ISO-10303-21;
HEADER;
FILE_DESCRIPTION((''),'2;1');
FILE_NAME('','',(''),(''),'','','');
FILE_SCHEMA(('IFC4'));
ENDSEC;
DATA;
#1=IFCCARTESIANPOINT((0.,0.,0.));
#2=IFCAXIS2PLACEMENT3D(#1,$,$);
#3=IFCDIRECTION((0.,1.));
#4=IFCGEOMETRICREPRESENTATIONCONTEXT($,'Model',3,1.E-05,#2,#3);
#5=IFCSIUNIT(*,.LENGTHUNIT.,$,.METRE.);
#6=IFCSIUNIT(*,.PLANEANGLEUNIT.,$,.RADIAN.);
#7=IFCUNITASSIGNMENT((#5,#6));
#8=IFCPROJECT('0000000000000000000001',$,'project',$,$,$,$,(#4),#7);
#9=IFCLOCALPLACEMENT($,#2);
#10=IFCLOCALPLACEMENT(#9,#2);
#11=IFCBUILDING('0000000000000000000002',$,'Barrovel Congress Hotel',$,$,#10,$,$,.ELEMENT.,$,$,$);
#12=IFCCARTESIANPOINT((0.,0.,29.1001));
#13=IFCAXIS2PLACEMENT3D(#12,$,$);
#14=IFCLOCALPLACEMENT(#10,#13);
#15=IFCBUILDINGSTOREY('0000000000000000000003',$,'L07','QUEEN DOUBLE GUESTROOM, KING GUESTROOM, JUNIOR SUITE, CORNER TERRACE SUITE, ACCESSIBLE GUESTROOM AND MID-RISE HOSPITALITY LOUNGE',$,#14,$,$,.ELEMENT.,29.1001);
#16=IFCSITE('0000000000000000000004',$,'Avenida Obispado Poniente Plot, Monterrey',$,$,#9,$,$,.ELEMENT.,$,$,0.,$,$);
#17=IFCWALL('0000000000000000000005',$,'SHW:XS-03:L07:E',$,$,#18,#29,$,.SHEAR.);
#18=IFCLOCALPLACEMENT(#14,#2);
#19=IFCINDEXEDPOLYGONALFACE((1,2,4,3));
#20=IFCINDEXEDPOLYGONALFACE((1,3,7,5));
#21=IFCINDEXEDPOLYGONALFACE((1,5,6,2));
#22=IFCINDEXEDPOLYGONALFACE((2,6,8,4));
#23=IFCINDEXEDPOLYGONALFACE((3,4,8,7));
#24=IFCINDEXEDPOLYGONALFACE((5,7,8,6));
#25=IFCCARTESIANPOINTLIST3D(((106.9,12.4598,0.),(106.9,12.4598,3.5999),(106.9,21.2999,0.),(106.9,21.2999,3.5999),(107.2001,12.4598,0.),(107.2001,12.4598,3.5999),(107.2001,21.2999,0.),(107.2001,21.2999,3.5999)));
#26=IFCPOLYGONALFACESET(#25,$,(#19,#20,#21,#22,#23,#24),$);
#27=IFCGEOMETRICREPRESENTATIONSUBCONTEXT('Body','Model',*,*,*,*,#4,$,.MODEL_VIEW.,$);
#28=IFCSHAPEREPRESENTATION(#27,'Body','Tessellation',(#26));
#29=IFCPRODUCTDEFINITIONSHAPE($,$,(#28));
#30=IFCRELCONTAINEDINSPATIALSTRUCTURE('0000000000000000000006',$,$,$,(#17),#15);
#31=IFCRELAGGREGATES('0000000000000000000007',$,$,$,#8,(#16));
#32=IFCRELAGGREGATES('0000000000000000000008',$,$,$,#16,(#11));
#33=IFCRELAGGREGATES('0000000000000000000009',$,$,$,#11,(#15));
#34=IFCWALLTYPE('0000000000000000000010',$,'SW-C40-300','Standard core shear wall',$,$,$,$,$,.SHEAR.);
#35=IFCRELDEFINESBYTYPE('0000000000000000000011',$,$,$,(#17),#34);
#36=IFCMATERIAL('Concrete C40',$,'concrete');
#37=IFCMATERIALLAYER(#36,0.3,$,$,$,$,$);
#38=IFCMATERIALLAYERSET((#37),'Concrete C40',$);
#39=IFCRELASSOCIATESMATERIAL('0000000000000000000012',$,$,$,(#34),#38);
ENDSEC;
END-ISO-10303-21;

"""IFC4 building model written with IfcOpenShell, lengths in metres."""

from ifc_helpers import new_model, si_unit, direction, frame, frame_2d, origin, place, context, subcontext, project, spatial, rectangle, extrude, material, layer, layer_set, type_object, element, save


model = new_model("IFC4")

# Units and contexts
model_context = context("Model", 3, precision=1e-05, world=origin(), true_north=direction((0.0, 1.0)))
body_context = subcontext(model_context, "Body", "Model", "MODEL_VIEW")
ifc_project = project(units=[si_unit("LENGTHUNIT", "METRE"), si_unit("PLANEANGLEUNIT", "RADIAN")], contexts=[model_context])

# Site, building, storey
site_placement = place(None, origin())
site = spatial("IfcSite", under=ifc_project, at=site_placement, Name="Avenida Obispado Poniente Plot, Monterrey", CompositionType="ELEMENT", RefElevation=0.0)
building_placement = place(site_placement, origin())
building = spatial("IfcBuilding", under=site, at=building_placement, Name="Barrovel Congress Hotel", CompositionType="ELEMENT")
storey_placement = place(building_placement, frame((0.0, 0.0, 29.1001)))
storey = spatial("IfcBuildingStorey", under=building, at=storey_placement, Name="L07", Description="QUEEN DOUBLE GUESTROOM, KING GUESTROOM, JUNIOR SUITE, CORNER TERRACE SUITE, ACCESSIBLE GUESTROOM AND MID-RISE HOSPITALITY LOUNGE", CompositionType="ELEMENT", Elevation=29.1001)

# Shared definitions
ifc_material_1 = material(Name="Concrete C40", Category="concrete")

# Shared definitions
ifc_layer_1 = layer(ifc_material_1, 0.3)
ifc_layer_set_1 = layer_set([ifc_layer_1], Name="Concrete C40")
wall_type_1 = type_object("IfcWallType", Name="SW-C40-300", Description="Standard core shear wall", PredefinedType="SHEAR", material=ifc_layer_set_1)

# Wall
wall_1_placement = place(storey_placement, frame((107.05, 12.46, 0.0), z_axis=(0.0, 0.0, 1.0), x_axis=(0.0, 1.0, 0.0)))
element("IfcWall", 1, at=wall_1_placement, inside=storey, type_object=wall_type_1, Name="SHW:XS-03:L07:E", PredefinedType="SHEAR", context=body_context, shape_type="SweptSolid", body=[
    extrude(rectangle(XDim=8.8401, YDim=0.3, at=frame_2d((4.4199, 0.0))), origin(), (0.0, 0.0, 1.0), 3.5999),
])

save(model, "model.ifc")
